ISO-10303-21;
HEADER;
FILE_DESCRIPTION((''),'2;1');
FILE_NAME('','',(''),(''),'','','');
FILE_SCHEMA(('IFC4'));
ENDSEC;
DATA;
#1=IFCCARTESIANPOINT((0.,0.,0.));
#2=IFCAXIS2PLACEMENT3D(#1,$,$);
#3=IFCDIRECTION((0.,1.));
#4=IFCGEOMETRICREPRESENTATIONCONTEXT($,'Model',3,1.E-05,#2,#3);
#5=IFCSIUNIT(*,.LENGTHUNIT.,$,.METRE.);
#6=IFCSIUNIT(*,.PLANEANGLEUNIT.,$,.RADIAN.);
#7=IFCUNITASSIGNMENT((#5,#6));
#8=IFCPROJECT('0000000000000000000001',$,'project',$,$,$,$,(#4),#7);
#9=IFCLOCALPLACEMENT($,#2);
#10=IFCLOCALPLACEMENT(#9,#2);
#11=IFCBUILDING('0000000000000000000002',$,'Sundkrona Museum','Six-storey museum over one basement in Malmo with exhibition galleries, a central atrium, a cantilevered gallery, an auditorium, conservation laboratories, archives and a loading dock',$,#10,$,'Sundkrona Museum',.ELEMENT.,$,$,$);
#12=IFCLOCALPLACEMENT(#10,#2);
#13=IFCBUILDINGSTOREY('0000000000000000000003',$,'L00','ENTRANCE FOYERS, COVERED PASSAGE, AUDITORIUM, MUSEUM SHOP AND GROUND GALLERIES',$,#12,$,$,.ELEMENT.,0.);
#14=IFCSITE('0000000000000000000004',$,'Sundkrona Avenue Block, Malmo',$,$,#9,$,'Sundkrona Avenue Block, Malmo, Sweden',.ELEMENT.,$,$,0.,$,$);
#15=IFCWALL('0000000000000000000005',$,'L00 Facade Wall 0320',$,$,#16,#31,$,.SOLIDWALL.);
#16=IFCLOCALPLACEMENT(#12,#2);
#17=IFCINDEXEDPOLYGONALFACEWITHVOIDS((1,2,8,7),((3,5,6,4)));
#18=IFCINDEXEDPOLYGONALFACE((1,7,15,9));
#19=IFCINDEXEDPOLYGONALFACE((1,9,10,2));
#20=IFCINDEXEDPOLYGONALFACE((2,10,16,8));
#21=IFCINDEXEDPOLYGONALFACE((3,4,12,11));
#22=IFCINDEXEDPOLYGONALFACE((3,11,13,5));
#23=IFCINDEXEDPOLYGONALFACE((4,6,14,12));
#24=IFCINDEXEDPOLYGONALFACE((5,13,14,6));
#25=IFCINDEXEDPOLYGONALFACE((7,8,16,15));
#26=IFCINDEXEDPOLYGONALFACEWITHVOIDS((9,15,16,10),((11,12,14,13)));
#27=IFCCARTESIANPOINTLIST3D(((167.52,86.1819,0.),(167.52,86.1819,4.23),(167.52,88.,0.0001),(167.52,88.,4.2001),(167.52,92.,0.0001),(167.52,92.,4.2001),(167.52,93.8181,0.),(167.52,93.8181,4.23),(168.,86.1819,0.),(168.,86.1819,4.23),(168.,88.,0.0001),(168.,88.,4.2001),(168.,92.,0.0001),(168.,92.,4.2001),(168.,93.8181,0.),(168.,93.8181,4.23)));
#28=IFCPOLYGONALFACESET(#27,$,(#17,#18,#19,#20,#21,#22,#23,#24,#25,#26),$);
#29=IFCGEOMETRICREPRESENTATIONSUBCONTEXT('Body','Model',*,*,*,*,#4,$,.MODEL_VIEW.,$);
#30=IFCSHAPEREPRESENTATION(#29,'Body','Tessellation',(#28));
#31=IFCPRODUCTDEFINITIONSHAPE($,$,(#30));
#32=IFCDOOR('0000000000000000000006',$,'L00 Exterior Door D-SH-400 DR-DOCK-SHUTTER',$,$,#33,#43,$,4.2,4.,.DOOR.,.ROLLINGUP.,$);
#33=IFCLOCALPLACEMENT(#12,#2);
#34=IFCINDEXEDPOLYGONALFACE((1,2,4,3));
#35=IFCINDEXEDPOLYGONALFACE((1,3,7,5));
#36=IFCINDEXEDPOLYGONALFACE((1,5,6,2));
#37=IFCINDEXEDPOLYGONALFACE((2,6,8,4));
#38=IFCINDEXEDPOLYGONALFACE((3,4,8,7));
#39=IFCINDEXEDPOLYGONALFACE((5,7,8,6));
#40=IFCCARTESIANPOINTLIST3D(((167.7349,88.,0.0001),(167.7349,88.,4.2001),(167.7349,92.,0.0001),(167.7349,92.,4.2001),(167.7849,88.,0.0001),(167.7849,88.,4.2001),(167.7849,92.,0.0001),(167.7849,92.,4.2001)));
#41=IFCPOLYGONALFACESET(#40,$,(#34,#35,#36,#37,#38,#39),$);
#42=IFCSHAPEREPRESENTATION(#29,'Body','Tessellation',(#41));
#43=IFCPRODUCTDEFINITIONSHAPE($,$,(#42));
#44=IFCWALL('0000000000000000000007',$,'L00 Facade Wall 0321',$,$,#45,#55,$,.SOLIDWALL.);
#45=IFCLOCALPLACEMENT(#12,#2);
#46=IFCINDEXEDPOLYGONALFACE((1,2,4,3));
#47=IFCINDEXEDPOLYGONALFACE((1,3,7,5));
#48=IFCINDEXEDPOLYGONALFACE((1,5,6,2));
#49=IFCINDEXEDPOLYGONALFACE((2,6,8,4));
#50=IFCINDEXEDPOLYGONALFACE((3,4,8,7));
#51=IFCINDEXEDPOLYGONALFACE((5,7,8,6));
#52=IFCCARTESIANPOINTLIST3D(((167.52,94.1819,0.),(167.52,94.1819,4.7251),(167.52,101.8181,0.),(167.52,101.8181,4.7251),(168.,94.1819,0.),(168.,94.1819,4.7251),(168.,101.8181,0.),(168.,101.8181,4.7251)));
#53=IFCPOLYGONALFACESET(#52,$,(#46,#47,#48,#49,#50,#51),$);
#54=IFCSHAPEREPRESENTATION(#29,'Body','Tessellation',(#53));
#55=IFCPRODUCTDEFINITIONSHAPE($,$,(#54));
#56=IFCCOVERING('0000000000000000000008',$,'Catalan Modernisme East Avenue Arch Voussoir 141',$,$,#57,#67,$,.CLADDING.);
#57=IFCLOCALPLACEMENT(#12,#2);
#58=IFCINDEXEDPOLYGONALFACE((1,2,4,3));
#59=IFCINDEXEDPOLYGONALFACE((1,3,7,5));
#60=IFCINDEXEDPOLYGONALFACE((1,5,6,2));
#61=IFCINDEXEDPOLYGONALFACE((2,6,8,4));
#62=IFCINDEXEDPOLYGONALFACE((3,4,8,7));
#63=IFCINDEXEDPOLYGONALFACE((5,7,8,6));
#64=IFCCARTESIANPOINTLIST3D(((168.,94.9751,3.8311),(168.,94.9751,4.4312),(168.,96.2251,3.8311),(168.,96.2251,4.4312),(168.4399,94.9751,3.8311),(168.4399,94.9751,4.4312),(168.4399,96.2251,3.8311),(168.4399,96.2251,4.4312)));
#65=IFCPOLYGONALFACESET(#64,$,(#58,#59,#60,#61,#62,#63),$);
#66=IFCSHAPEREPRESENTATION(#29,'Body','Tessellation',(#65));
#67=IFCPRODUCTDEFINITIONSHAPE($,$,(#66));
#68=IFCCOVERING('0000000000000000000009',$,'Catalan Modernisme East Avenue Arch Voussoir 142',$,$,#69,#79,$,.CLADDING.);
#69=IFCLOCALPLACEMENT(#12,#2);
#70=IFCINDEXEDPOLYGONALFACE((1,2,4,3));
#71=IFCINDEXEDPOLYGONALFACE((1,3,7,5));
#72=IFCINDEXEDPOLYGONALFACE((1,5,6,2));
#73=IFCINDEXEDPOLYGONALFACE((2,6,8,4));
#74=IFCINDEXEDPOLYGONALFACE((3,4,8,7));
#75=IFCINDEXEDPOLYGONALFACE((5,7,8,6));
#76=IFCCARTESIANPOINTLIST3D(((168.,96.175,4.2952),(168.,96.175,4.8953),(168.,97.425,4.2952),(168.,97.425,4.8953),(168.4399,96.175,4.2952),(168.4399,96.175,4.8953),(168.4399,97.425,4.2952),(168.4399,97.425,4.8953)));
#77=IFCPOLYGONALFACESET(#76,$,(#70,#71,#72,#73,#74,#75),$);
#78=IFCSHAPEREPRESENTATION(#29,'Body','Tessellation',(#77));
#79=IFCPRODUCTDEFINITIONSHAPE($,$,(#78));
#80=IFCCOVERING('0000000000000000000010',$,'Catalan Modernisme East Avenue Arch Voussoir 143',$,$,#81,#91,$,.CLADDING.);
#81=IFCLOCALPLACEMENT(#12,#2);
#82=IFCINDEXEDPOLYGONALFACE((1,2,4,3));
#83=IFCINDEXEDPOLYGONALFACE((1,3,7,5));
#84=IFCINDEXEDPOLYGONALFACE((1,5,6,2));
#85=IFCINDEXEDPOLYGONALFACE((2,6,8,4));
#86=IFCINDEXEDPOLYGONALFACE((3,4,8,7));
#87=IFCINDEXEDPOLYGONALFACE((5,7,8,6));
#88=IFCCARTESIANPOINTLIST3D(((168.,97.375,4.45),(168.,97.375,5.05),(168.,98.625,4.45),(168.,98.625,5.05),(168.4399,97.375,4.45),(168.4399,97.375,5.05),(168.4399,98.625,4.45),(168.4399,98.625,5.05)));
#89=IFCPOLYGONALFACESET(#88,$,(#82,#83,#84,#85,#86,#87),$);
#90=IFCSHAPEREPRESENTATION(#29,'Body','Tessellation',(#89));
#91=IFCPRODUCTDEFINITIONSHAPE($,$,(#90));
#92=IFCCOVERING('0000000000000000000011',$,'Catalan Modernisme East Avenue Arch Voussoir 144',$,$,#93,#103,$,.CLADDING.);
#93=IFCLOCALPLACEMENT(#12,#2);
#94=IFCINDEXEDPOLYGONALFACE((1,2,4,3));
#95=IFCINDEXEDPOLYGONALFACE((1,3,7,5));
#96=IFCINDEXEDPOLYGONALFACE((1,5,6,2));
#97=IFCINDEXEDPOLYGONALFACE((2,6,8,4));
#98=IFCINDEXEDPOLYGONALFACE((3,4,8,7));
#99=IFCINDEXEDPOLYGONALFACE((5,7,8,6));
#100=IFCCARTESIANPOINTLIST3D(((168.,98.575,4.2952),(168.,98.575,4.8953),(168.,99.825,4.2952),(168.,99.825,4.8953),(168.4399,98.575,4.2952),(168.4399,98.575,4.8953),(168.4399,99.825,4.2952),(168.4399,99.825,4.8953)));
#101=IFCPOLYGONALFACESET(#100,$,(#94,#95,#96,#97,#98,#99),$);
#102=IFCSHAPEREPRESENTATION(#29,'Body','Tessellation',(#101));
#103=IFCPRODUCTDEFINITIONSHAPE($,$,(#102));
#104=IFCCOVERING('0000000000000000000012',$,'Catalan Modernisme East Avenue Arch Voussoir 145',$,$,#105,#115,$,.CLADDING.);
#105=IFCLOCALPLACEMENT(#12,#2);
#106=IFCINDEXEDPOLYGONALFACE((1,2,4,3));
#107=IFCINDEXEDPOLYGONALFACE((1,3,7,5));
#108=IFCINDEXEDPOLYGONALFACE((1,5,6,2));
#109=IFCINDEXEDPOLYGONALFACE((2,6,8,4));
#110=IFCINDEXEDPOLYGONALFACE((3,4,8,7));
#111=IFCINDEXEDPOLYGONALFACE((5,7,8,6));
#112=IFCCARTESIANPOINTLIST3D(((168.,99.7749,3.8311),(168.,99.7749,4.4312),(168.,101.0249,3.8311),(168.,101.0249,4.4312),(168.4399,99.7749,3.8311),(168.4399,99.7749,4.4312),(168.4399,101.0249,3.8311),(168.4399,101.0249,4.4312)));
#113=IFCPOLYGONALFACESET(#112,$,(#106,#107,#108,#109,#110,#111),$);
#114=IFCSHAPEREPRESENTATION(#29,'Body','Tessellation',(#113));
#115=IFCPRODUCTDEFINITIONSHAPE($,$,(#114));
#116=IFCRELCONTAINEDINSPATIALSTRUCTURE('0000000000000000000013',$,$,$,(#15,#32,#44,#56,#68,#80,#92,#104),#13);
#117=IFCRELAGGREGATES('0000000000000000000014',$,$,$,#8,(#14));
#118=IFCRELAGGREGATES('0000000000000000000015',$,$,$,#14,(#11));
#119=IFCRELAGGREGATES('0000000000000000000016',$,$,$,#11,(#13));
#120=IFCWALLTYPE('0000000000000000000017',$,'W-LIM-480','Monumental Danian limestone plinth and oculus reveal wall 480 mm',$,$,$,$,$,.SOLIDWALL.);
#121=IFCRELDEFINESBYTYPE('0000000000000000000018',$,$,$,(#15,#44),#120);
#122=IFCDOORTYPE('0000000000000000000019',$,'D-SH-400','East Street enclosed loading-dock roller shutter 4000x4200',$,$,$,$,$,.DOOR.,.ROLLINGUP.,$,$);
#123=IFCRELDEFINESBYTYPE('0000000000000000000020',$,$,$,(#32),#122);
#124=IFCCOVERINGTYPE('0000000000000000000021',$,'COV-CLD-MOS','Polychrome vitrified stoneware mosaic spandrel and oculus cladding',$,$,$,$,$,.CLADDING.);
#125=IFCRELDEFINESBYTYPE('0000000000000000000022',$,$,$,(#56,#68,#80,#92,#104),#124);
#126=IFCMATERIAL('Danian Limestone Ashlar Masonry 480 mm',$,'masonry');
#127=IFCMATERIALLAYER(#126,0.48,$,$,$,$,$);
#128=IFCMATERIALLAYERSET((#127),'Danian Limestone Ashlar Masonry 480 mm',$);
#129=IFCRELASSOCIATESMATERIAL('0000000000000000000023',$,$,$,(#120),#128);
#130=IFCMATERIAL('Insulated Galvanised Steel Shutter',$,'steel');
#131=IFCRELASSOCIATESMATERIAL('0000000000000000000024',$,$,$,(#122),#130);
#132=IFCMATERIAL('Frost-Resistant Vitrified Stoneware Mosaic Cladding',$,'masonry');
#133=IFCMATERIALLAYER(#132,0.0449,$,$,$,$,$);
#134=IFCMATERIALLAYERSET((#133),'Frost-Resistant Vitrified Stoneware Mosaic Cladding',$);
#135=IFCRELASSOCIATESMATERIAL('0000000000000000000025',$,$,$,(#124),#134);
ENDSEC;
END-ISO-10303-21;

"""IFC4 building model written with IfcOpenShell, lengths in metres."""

from ifc_helpers import new_model, si_unit, direction, frame, frame_2d, origin, origin_2d, place, context, subcontext, project, spatial, rectangle, extrude, material, layer, layer_set, type_object, element, fill, save


model = new_model("IFC4")

# Units and contexts
model_context = context("Model", 3, precision=1e-05, world=origin(), true_north=direction((0.0, 1.0)))
body_context = subcontext(model_context, "Body", "Model", "MODEL_VIEW")
ifc_project = project(units=[si_unit("LENGTHUNIT", "METRE"), si_unit("PLANEANGLEUNIT", "RADIAN")], contexts=[model_context])

# Site, building, storey
site_placement = place(None, origin())
site = spatial("IfcSite", under=ifc_project, at=site_placement, Name="Sundkrona Avenue Block, Malmo", LongName="Sundkrona Avenue Block, Malmo, Sweden", CompositionType="ELEMENT", RefElevation=0.0)
building_placement = place(site_placement, origin())
building = spatial("IfcBuilding", under=site, at=building_placement, Name="Sundkrona Museum", Description="Six-storey museum over one basement in Malmo with exhibition galleries, a central atrium, a cantilevered gallery, an auditorium, conservation laboratories, archives and a loading dock", LongName="Sundkrona Museum", CompositionType="ELEMENT")
storey_placement = place(building_placement, origin())
storey = spatial("IfcBuildingStorey", under=building, at=storey_placement, Name="L00", Description="ENTRANCE FOYERS, COVERED PASSAGE, AUDITORIUM, MUSEUM SHOP AND GROUND GALLERIES", CompositionType="ELEMENT", Elevation=0.0)

# Wall, opening, door
ifc_material_1 = material(Name="Danian Limestone Ashlar Masonry 480 mm", Category="masonry")
ifc_layer_1 = layer(ifc_material_1, 0.48)
ifc_layer_set_1 = layer_set([ifc_layer_1], Name="Danian Limestone Ashlar Masonry 480 mm")
wall_type = type_object("IfcWallType", Name="W-LIM-480", Description="Monumental Danian limestone plinth and oculus reveal wall 480 mm", PredefinedType="SOLIDWALL", material=ifc_layer_set_1)
wall_1_placement = place(storey_placement, frame((167.76, 93.8181, 0.0), z_axis=(0.0, 0.0, 1.0), x_axis=(0.0, -1.0, 0.0)))
wall_1 = element("IfcWall", 1, at=wall_1_placement, inside=storey, type_object=wall_type, Name="L00 Facade Wall 0320", PredefinedType="SOLIDWALL", context=body_context, shape_type="SweptSolid", body=[
    extrude(rectangle(XDim=7.6362, YDim=0.48, at=frame_2d((3.8181, 0.0))), origin(), (0.0, 0.0, 1.0), 4.23),
])
opening_placement = place(wall_1_placement, frame((1.8181, 0.0, 0.0)))
opening = element("IfcOpeningElement", 2, at=opening_placement, cuts=wall_1, PredefinedType="OPENING", context=body_context, shape_type="SweptSolid", body=[
    extrude(rectangle(XDim=4.0, YDim=4.2, at=frame_2d((2.0, 2.1001))), frame((0.0, 0.25, 0.0), z_axis=(0.0, -1.0, 0.0), x_axis=(1.0, 0.0, 0.0)), (0.0, 0.0, 1.0), 0.5),
])
ifc_material_2 = material(Name="Insulated Galvanised Steel Shutter", Category="steel")
door_type = type_object("IfcDoorType", Name="D-SH-400", Description="East Street enclosed loading-dock roller shutter 4000x4200", OperationType="ROLLINGUP", PredefinedType="DOOR", material=ifc_material_2)
door_placement = place(opening_placement, origin())
door = element("IfcDoor", 3, at=door_placement, inside=storey, type_object=door_type, Name="L00 Exterior Door D-SH-400 DR-DOCK-SHUTTER", OperationType="ROLLINGUP", OverallHeight=4.2, OverallWidth=4.0, PredefinedType="DOOR", context=body_context, shape_type="SweptSolid", body=[
    extrude(rectangle(XDim=4.0, YDim=4.2, at=frame_2d((2.0, 2.1001))), frame((0.0, 0.0249, 0.0), z_axis=(0.0, -1.0, 0.0), x_axis=(1.0, 0.0, 0.0)), (0.0, 0.0, 1.0), 0.05),
])
fill(opening, door)

# Wall
wall_2_placement = place(storey_placement, frame((167.76, 101.8181, 0.0), z_axis=(0.0, 0.0, 1.0), x_axis=(0.0, -1.0, 0.0)))
element("IfcWall", 4, at=wall_2_placement, inside=storey, type_object=wall_type, Name="L00 Facade Wall 0321", PredefinedType="SOLIDWALL", context=body_context, shape_type="SweptSolid", body=[
    extrude(rectangle(XDim=7.6362, YDim=0.48, at=frame_2d((3.8181, 0.0))), origin(), (0.0, 0.0, 1.0), 4.7251),
])

# Coverings
ifc_material_3 = material(Name="Frost-Resistant Vitrified Stoneware Mosaic Cladding", Category="masonry")
ifc_layer_2 = layer(ifc_material_3, 0.0449)
ifc_layer_set_2 = layer_set([ifc_layer_2], Name="Frost-Resistant Vitrified Stoneware Mosaic Cladding")
covering_type = type_object("IfcCoveringType", Name="COV-CLD-MOS", Description="Polychrome vitrified stoneware mosaic spandrel and oculus cladding", PredefinedType="CLADDING", material=ifc_layer_set_2)
for number, where, z_axis, x_axis, name in (
    (5, (168.22, 95.6001, 3.8311), (0.0, 0.0, 1.0), (1.0, 0.0, 0.0), "Catalan Modernisme East Avenue Arch Voussoir 141"),
    (6, (168.22, 96.8, 4.2952), (0.0, 0.0, 1.0), (1.0, 0.0, 0.0), "Catalan Modernisme East Avenue Arch Voussoir 142"),
    (7, (168.22, 98.0, 4.45), (0.0, 0.0, 1.0), (1.0, 0.0, 0.0), "Catalan Modernisme East Avenue Arch Voussoir 143"),
    (8, (168.22, 99.2, 4.2952), (0.0, 0.0, 1.0), (1.0, 0.0, 0.0), "Catalan Modernisme East Avenue Arch Voussoir 144"),
    (9, (168.22, 100.3999, 3.8311), (0.0, 0.0, 1.0), (1.0, 0.0, 0.0), "Catalan Modernisme East Avenue Arch Voussoir 145"),
):
    element("IfcCovering", number, at=place(storey_placement, frame(where, z_axis=z_axis, x_axis=x_axis)), inside=storey, type_object=covering_type, Name=name, PredefinedType="CLADDING", context=body_context, shape_type="SweptSolid", body=[
        extrude(rectangle(XDim=0.4399, YDim=1.25, at=origin_2d()), origin(), (0.0, 0.0, 1.0), 0.6001),
    ])

save(model, "model.ifc")
